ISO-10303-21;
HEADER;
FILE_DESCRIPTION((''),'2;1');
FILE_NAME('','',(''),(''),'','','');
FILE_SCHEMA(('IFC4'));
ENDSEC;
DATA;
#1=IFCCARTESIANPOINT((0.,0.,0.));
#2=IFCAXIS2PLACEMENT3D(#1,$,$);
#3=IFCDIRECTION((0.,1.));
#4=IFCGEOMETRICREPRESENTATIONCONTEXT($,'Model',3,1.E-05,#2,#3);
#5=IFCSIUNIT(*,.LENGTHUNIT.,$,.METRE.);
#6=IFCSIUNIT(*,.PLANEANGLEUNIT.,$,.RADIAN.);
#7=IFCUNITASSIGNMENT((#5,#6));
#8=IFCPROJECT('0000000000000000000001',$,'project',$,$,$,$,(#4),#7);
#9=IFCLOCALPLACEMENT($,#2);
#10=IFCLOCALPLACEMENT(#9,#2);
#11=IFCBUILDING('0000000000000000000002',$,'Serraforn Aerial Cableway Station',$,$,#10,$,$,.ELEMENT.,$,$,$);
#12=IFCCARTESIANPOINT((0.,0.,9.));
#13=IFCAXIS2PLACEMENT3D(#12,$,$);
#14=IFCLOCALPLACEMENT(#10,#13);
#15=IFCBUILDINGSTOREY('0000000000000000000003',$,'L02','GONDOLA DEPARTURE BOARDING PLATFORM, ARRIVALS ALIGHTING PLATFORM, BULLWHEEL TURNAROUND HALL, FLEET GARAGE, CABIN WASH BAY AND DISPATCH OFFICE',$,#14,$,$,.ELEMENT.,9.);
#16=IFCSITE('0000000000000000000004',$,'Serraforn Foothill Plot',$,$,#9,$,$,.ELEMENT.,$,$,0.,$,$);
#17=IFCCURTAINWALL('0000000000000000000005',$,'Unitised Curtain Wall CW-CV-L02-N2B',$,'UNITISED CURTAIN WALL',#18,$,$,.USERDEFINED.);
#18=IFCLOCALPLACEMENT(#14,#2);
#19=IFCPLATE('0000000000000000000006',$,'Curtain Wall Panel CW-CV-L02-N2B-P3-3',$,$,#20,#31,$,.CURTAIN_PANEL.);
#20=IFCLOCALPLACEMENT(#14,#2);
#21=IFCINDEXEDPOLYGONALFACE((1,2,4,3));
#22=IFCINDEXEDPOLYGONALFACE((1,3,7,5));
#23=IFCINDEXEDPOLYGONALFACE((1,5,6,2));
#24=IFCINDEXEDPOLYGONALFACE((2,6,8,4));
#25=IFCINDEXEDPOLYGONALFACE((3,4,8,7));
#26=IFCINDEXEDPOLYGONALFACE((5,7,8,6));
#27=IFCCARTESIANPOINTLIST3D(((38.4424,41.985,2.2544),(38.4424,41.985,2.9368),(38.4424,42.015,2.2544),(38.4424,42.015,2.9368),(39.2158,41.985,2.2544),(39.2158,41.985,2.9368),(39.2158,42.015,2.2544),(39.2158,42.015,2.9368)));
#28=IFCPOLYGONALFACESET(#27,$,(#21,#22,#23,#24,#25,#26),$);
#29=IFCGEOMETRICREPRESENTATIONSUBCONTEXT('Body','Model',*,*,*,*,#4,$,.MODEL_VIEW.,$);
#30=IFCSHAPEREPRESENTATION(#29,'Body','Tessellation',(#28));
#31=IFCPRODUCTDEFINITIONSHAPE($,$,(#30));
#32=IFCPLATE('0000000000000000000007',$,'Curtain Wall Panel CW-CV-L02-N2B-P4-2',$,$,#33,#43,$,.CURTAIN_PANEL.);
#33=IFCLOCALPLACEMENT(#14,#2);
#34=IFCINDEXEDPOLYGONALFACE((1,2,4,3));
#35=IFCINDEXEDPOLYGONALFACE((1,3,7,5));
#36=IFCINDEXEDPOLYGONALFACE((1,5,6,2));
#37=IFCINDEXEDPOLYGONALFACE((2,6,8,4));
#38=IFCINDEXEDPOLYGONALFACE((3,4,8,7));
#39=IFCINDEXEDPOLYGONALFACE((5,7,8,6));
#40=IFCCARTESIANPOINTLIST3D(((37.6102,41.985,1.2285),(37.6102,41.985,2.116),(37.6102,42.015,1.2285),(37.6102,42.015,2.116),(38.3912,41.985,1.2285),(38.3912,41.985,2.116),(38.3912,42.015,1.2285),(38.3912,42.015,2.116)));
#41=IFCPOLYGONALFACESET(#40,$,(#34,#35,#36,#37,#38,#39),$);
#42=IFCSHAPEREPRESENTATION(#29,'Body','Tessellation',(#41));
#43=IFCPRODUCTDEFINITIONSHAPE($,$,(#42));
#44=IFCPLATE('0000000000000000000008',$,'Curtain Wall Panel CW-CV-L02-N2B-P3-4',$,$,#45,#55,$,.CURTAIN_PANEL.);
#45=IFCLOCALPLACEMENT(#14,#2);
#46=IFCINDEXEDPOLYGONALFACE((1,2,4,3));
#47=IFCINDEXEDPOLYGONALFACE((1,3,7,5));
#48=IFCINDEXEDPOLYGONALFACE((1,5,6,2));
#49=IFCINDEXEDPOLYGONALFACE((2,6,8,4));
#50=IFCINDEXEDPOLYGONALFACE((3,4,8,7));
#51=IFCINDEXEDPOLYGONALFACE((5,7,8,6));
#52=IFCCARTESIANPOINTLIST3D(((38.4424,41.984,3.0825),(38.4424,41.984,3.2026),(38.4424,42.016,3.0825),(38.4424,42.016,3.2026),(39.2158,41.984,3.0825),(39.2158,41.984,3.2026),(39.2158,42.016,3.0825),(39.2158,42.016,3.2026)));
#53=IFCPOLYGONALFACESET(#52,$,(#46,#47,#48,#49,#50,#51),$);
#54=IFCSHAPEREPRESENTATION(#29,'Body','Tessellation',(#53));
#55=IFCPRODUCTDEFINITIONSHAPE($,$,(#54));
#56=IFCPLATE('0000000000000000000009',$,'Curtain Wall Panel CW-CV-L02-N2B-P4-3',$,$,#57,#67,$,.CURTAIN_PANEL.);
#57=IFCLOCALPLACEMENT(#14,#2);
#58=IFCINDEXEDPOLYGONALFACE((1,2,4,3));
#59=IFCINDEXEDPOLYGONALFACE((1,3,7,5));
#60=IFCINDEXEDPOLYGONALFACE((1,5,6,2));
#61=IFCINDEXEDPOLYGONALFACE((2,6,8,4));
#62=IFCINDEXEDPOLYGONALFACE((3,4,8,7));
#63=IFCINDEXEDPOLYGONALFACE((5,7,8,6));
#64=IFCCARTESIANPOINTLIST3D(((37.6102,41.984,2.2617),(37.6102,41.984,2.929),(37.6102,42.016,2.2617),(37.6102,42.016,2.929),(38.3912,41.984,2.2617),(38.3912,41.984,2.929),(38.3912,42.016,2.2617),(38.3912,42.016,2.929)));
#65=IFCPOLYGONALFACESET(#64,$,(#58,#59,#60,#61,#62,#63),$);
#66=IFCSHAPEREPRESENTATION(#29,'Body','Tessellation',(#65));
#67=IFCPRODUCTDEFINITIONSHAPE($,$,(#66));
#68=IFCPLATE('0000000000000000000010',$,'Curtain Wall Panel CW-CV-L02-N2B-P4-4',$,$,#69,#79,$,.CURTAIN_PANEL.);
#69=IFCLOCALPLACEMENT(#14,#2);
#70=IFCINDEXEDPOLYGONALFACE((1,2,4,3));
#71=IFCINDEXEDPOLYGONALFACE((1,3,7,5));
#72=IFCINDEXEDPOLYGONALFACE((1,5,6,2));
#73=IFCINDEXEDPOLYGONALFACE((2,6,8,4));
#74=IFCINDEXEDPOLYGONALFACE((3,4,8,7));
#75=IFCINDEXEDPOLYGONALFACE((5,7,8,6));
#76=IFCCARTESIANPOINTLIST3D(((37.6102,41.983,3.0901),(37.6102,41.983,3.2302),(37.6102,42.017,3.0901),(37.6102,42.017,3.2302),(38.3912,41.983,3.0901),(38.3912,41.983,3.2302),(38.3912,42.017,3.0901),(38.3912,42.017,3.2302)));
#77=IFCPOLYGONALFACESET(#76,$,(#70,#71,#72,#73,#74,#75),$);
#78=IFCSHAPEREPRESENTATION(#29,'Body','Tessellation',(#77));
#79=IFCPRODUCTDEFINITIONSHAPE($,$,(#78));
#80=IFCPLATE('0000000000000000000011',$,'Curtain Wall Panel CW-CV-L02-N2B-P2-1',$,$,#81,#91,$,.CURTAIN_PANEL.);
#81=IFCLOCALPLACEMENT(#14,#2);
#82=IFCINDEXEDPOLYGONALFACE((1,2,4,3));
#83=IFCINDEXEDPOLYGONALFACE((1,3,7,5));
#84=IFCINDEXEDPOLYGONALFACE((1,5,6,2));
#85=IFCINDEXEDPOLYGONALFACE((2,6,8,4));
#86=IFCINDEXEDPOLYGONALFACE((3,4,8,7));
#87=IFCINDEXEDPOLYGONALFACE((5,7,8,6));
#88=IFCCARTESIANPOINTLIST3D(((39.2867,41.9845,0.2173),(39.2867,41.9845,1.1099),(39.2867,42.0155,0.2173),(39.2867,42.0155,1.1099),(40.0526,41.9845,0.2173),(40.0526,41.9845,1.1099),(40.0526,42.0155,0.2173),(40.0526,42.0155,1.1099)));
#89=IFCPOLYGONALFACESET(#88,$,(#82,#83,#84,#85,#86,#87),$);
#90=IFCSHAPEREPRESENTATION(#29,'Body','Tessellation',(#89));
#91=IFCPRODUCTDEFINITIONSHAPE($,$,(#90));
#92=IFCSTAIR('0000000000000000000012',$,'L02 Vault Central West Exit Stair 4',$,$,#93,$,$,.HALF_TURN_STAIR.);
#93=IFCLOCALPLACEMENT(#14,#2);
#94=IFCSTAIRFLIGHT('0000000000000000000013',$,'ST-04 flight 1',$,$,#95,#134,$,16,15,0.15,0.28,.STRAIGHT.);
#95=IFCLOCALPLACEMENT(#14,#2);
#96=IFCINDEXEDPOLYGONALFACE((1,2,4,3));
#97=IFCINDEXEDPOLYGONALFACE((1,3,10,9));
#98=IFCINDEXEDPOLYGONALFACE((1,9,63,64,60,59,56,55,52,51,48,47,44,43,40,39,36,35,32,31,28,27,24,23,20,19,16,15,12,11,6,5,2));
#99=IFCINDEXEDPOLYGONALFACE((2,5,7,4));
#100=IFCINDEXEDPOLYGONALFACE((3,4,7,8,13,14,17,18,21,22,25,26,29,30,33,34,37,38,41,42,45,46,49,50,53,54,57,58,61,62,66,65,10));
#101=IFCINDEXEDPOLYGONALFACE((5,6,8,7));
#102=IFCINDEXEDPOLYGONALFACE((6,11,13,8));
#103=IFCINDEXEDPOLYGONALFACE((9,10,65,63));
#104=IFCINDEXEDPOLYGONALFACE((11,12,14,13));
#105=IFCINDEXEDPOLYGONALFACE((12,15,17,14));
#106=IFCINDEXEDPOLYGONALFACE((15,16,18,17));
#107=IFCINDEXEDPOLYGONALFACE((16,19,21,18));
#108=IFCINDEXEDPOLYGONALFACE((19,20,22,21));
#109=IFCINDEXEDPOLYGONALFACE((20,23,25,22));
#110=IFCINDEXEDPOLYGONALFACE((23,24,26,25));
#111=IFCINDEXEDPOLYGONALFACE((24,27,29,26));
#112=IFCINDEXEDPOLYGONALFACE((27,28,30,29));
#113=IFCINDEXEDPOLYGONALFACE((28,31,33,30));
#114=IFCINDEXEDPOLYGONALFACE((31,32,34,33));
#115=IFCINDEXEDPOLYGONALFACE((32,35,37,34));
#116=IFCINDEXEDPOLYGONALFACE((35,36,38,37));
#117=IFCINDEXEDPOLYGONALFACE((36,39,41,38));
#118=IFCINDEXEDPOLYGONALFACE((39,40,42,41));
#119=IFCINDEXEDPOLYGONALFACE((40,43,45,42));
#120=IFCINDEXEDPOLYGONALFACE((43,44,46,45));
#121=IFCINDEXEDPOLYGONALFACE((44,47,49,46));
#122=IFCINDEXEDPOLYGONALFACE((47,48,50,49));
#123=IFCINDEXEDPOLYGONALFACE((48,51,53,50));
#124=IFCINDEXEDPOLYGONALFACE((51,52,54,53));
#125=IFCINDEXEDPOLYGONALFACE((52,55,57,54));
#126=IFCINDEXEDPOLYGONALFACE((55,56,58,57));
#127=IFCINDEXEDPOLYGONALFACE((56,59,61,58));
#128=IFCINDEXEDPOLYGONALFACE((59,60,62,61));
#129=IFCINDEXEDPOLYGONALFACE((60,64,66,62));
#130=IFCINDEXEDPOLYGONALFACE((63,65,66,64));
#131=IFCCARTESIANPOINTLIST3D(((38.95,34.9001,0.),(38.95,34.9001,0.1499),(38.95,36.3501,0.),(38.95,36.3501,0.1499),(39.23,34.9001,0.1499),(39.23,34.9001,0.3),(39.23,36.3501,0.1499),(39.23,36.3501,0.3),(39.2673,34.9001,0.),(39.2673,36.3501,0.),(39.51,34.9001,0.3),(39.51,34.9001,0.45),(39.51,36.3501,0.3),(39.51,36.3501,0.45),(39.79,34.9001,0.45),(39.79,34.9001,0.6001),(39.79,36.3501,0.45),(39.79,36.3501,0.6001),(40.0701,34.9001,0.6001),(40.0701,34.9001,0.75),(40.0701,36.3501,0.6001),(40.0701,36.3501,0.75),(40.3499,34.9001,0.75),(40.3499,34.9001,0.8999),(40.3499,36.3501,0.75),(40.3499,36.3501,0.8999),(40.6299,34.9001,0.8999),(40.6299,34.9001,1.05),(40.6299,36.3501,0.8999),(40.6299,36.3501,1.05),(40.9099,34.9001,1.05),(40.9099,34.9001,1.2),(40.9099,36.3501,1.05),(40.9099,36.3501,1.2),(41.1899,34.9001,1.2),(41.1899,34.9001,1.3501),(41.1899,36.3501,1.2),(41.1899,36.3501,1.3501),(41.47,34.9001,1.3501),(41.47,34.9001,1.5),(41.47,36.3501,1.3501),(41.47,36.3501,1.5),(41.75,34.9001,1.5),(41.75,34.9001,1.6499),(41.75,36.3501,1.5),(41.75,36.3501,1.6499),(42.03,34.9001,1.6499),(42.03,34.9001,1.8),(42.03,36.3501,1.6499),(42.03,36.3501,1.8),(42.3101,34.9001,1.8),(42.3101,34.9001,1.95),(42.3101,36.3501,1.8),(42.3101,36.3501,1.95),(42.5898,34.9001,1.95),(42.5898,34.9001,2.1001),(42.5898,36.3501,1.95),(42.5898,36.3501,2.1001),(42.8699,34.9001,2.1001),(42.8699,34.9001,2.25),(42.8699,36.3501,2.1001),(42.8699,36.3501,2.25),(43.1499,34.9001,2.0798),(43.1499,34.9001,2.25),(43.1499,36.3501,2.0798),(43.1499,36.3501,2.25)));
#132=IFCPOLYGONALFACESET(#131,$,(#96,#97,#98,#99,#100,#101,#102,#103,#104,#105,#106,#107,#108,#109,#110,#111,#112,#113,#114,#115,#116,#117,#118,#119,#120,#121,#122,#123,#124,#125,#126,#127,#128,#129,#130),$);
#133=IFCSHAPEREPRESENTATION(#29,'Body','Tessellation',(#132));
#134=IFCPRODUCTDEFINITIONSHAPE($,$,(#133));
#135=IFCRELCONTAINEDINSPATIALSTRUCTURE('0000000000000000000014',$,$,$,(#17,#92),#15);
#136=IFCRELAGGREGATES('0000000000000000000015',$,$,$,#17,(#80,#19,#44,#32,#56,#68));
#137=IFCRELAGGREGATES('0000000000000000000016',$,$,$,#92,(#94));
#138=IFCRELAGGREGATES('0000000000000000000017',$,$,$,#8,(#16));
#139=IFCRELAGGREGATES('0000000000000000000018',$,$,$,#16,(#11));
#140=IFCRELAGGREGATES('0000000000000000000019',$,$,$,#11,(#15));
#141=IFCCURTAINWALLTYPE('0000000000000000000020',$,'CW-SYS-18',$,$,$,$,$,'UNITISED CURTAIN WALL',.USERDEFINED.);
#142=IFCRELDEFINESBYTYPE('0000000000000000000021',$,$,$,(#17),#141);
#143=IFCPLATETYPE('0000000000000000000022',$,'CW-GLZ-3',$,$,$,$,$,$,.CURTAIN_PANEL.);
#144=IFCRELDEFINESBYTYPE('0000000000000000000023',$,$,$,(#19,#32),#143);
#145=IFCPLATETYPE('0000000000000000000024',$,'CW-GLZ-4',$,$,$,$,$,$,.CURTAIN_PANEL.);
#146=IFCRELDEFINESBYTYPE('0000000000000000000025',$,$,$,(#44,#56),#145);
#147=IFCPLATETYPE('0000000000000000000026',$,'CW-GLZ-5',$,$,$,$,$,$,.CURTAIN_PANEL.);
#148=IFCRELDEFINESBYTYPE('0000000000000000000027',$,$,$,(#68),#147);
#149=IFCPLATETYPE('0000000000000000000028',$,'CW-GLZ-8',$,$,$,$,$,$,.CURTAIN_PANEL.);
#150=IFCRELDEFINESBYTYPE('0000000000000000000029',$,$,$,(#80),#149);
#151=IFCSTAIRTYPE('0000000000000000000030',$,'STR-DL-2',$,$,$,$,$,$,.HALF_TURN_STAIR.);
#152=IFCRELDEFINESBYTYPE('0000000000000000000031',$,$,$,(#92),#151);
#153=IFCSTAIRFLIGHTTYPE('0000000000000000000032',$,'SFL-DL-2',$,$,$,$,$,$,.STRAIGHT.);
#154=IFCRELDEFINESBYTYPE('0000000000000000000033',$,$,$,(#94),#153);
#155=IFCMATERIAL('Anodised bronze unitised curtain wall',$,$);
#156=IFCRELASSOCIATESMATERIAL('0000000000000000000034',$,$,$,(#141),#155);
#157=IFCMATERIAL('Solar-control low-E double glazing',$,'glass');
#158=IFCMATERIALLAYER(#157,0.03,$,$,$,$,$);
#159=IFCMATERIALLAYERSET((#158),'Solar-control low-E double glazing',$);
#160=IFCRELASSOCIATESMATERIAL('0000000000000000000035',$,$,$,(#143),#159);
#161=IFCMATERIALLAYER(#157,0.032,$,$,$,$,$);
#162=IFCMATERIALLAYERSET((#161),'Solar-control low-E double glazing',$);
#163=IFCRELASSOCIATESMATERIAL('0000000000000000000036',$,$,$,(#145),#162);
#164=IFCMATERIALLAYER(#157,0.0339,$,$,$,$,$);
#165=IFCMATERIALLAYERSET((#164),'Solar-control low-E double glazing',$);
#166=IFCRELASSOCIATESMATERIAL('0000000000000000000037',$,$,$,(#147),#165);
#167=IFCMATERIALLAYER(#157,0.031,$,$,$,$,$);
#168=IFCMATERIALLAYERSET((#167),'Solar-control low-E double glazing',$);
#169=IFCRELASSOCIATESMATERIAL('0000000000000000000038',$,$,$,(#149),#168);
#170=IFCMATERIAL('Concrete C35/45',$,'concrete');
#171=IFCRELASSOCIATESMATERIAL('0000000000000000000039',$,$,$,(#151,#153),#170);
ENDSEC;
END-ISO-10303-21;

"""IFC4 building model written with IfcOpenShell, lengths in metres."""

from ifc_helpers import new_model, si_unit, direction, frame, origin, origin_2d, place, context, subcontext, project, spatial, polyline, rectangle, outline, extrude, material, layer, layer_set, type_object, element, aggregate, save


model = new_model("IFC4")

# Units and contexts
model_context = context("Model", 3, precision=1e-05, world=origin(), true_north=direction((0.0, 1.0)))
body_context = subcontext(model_context, "Body", "Model", "MODEL_VIEW")
ifc_project = project(units=[si_unit("LENGTHUNIT", "METRE"), si_unit("PLANEANGLEUNIT", "RADIAN")], contexts=[model_context])

# Site, building, storey
site_placement = place(None, origin())
site = spatial("IfcSite", under=ifc_project, at=site_placement, Name="Serraforn Foothill Plot", CompositionType="ELEMENT", RefElevation=0.0)
building_placement = place(site_placement, origin())
building = spatial("IfcBuilding", under=site, at=building_placement, Name="Serraforn Aerial Cableway Station", CompositionType="ELEMENT")
storey_placement = place(building_placement, frame((0.0, 0.0, 9.0)))
storey = spatial("IfcBuildingStorey", under=building, at=storey_placement, Name="L02", Description="GONDOLA DEPARTURE BOARDING PLATFORM, ARRIVALS ALIGHTING PLATFORM, BULLWHEEL TURNAROUND HALL, FLEET GARAGE, CABIN WASH BAY AND DISPATCH OFFICE", CompositionType="ELEMENT", Elevation=9.0)

# Curtain wall, plates
ifc_material_1 = material(Name="Anodised bronze unitised curtain wall")
curtain_wall_type = type_object("IfcCurtainWallType", Name="CW-SYS-18", ElementType="UNITISED CURTAIN WALL", PredefinedType="USERDEFINED", material=ifc_material_1)
curtain_wall_placement = place(storey_placement, origin())
curtain_wall = element("IfcCurtainWall", 1, at=curtain_wall_placement, inside=storey, type_object=curtain_wall_type, Name="Unitised Curtain Wall CW-CV-L02-N2B", ObjectType="UNITISED CURTAIN WALL", PredefinedType="USERDEFINED")
ifc_material_2 = material(Name="Solar-control low-E double glazing", Category="glass")
ifc_layer_1 = layer(ifc_material_2, 0.03)
ifc_layer_set_1 = layer_set([ifc_layer_1], Name="Solar-control low-E double glazing")
plate_type_1 = type_object("IfcPlateType", Name="CW-GLZ-3", PredefinedType="CURTAIN_PANEL", material=ifc_layer_set_1)
plate_1_placement = place(storey_placement, frame((38.8291, 42.0, 2.2544), z_axis=(0.0, 0.0, 1.0), x_axis=(1.0, 0.0, 0.0)))
plate_1 = element("IfcPlate", 2, at=plate_1_placement, type_object=plate_type_1, Name="Curtain Wall Panel CW-CV-L02-N2B-P3-3", PredefinedType="CURTAIN_PANEL", context=body_context, shape_type="SweptSolid", body=[
    extrude(rectangle(XDim=0.7734, YDim=0.03, at=origin_2d()), origin(), (0.0, 0.0, 1.0), 0.6824),
])
plate_2_placement = place(storey_placement, frame((38.0007, 42.0, 1.2285), z_axis=(0.0, 0.0, 1.0), x_axis=(1.0, 0.0, 0.0)))
plate_2 = element("IfcPlate", 3, at=plate_2_placement, type_object=plate_type_1, Name="Curtain Wall Panel CW-CV-L02-N2B-P4-2", PredefinedType="CURTAIN_PANEL", context=body_context, shape_type="SweptSolid", body=[
    extrude(rectangle(XDim=0.781, YDim=0.03, at=origin_2d()), origin(), (0.0, 0.0, 1.0), 0.8875),
])
ifc_layer_2 = layer(ifc_material_2, 0.032)
ifc_layer_set_2 = layer_set([ifc_layer_2], Name="Solar-control low-E double glazing")
plate_type_2 = type_object("IfcPlateType", Name="CW-GLZ-4", PredefinedType="CURTAIN_PANEL", material=ifc_layer_set_2)
plate_3_placement = place(storey_placement, frame((38.8291, 42.0, 3.0825), z_axis=(0.0, 0.0, 1.0), x_axis=(1.0, 0.0, 0.0)))
plate_3 = element("IfcPlate", 4, at=plate_3_placement, type_object=plate_type_2, Name="Curtain Wall Panel CW-CV-L02-N2B-P3-4", PredefinedType="CURTAIN_PANEL", context=body_context, shape_type="SweptSolid", body=[
    extrude(rectangle(XDim=0.7734, YDim=0.032, at=origin_2d()), origin(), (0.0, 0.0, 1.0), 0.1201),
])
plate_4_placement = place(storey_placement, frame((38.0007, 42.0, 2.2617), z_axis=(0.0, 0.0, 1.0), x_axis=(1.0, 0.0, 0.0)))
plate_4 = element("IfcPlate", 5, at=plate_4_placement, type_object=plate_type_2, Name="Curtain Wall Panel CW-CV-L02-N2B-P4-3", PredefinedType="CURTAIN_PANEL", context=body_context, shape_type="SweptSolid", body=[
    extrude(rectangle(XDim=0.781, YDim=0.032, at=origin_2d()), origin(), (0.0, 0.0, 1.0), 0.6672),
])
ifc_layer_3 = layer(ifc_material_2, 0.0339)
ifc_layer_set_3 = layer_set([ifc_layer_3], Name="Solar-control low-E double glazing")
plate_type_3 = type_object("IfcPlateType", Name="CW-GLZ-5", PredefinedType="CURTAIN_PANEL", material=ifc_layer_set_3)
plate_5_placement = place(storey_placement, frame((38.0007, 42.0, 3.0901), z_axis=(0.0, 0.0, 1.0), x_axis=(1.0, 0.0, 0.0)))
plate_5 = element("IfcPlate", 6, at=plate_5_placement, type_object=plate_type_3, Name="Curtain Wall Panel CW-CV-L02-N2B-P4-4", PredefinedType="CURTAIN_PANEL", context=body_context, shape_type="SweptSolid", body=[
    extrude(rectangle(XDim=0.781, YDim=0.0339, at=origin_2d()), origin(), (0.0, 0.0, 1.0), 0.1401),
])
ifc_layer_4 = layer(ifc_material_2, 0.031)
ifc_layer_set_4 = layer_set([ifc_layer_4], Name="Solar-control low-E double glazing")
plate_type_4 = type_object("IfcPlateType", Name="CW-GLZ-8", PredefinedType="CURTAIN_PANEL", material=ifc_layer_set_4)
plate_6_placement = place(storey_placement, frame((39.6697, 42.0, 0.2173), z_axis=(0.0, 0.0, 1.0), x_axis=(1.0, 0.0, 0.0)))
plate_6 = element("IfcPlate", 7, at=plate_6_placement, type_object=plate_type_4, Name="Curtain Wall Panel CW-CV-L02-N2B-P2-1", PredefinedType="CURTAIN_PANEL", context=body_context, shape_type="SweptSolid", body=[
    extrude(rectangle(XDim=0.7659, YDim=0.031, at=origin_2d()), origin(), (0.0, 0.0, 1.0), 0.8926),
])
aggregate(curtain_wall, [plate_6, plate_1, plate_3, plate_2, plate_4, plate_5])

# Stair, stair flight
ifc_material_3 = material(Name="Concrete C35/45", Category="concrete")
stair_type = type_object("IfcStairType", Name="STR-DL-2", PredefinedType="HALF_TURN_STAIR", material=ifc_material_3)
stair_placement = place(storey_placement, origin())
stair = element("IfcStair", 8, at=stair_placement, inside=storey, type_object=stair_type, Name="L02 Vault Central West Exit Stair 4", PredefinedType="HALF_TURN_STAIR")
stair_flight_type = type_object("IfcStairFlightType", Name="SFL-DL-2", PredefinedType="STRAIGHT", material=ifc_material_3)
stair_flight_placement = place(storey_placement, frame((38.95, 35.625, 0.0), z_axis=(0.0, 0.0, 1.0), x_axis=(1.0, 0.0, 0.0)))
stair_flight = element("IfcStairFlight", 9, at=stair_flight_placement, type_object=stair_flight_type, Name="ST-04 flight 1", NumberOfRisers=16, NumberOfTreads=15, PredefinedType="STRAIGHT", RiserHeight=0.15, TreadLength=0.28, context=body_context, shape_type="SweptSolid", body=[
    extrude(outline(polyline([(0.0, 0.0), (0.0, 0.1499), (0.28, 0.1499), (0.28, 0.3), (0.5601, 0.3), (0.5601, 0.45), (0.8401, 0.45), (0.8401, 0.6001), (1.1201, 0.6001), (1.1201, 0.75), (1.3999, 0.75), (1.3999, 0.8999), (1.6799, 0.8999), (1.6799, 1.05), (1.96, 1.05), (1.96, 1.2), (2.24, 1.2), (2.24, 1.3501), (2.52, 1.3501), (2.52, 1.5), (2.8, 1.5), (2.8, 1.6499), (3.0801, 1.6499), (3.0801, 1.8), (3.3601, 1.8), (3.3601, 1.95), (3.6399, 1.95), (3.6399, 2.1001), (3.9199, 2.1001), (3.9199, 2.25), (4.2, 2.25), (4.2, 2.3999), (4.2, 2.0798), (0.3174, 0.0), (0.0, 0.0)])), frame((0.0, 0.7251, 0.0), z_axis=(0.0, -1.0, 0.0), x_axis=(1.0, 0.0, 0.0)), (0.0, 0.0, 1.0), 1.45),
])
aggregate(stair, [stair_flight])

save(model, "model.ifc")
